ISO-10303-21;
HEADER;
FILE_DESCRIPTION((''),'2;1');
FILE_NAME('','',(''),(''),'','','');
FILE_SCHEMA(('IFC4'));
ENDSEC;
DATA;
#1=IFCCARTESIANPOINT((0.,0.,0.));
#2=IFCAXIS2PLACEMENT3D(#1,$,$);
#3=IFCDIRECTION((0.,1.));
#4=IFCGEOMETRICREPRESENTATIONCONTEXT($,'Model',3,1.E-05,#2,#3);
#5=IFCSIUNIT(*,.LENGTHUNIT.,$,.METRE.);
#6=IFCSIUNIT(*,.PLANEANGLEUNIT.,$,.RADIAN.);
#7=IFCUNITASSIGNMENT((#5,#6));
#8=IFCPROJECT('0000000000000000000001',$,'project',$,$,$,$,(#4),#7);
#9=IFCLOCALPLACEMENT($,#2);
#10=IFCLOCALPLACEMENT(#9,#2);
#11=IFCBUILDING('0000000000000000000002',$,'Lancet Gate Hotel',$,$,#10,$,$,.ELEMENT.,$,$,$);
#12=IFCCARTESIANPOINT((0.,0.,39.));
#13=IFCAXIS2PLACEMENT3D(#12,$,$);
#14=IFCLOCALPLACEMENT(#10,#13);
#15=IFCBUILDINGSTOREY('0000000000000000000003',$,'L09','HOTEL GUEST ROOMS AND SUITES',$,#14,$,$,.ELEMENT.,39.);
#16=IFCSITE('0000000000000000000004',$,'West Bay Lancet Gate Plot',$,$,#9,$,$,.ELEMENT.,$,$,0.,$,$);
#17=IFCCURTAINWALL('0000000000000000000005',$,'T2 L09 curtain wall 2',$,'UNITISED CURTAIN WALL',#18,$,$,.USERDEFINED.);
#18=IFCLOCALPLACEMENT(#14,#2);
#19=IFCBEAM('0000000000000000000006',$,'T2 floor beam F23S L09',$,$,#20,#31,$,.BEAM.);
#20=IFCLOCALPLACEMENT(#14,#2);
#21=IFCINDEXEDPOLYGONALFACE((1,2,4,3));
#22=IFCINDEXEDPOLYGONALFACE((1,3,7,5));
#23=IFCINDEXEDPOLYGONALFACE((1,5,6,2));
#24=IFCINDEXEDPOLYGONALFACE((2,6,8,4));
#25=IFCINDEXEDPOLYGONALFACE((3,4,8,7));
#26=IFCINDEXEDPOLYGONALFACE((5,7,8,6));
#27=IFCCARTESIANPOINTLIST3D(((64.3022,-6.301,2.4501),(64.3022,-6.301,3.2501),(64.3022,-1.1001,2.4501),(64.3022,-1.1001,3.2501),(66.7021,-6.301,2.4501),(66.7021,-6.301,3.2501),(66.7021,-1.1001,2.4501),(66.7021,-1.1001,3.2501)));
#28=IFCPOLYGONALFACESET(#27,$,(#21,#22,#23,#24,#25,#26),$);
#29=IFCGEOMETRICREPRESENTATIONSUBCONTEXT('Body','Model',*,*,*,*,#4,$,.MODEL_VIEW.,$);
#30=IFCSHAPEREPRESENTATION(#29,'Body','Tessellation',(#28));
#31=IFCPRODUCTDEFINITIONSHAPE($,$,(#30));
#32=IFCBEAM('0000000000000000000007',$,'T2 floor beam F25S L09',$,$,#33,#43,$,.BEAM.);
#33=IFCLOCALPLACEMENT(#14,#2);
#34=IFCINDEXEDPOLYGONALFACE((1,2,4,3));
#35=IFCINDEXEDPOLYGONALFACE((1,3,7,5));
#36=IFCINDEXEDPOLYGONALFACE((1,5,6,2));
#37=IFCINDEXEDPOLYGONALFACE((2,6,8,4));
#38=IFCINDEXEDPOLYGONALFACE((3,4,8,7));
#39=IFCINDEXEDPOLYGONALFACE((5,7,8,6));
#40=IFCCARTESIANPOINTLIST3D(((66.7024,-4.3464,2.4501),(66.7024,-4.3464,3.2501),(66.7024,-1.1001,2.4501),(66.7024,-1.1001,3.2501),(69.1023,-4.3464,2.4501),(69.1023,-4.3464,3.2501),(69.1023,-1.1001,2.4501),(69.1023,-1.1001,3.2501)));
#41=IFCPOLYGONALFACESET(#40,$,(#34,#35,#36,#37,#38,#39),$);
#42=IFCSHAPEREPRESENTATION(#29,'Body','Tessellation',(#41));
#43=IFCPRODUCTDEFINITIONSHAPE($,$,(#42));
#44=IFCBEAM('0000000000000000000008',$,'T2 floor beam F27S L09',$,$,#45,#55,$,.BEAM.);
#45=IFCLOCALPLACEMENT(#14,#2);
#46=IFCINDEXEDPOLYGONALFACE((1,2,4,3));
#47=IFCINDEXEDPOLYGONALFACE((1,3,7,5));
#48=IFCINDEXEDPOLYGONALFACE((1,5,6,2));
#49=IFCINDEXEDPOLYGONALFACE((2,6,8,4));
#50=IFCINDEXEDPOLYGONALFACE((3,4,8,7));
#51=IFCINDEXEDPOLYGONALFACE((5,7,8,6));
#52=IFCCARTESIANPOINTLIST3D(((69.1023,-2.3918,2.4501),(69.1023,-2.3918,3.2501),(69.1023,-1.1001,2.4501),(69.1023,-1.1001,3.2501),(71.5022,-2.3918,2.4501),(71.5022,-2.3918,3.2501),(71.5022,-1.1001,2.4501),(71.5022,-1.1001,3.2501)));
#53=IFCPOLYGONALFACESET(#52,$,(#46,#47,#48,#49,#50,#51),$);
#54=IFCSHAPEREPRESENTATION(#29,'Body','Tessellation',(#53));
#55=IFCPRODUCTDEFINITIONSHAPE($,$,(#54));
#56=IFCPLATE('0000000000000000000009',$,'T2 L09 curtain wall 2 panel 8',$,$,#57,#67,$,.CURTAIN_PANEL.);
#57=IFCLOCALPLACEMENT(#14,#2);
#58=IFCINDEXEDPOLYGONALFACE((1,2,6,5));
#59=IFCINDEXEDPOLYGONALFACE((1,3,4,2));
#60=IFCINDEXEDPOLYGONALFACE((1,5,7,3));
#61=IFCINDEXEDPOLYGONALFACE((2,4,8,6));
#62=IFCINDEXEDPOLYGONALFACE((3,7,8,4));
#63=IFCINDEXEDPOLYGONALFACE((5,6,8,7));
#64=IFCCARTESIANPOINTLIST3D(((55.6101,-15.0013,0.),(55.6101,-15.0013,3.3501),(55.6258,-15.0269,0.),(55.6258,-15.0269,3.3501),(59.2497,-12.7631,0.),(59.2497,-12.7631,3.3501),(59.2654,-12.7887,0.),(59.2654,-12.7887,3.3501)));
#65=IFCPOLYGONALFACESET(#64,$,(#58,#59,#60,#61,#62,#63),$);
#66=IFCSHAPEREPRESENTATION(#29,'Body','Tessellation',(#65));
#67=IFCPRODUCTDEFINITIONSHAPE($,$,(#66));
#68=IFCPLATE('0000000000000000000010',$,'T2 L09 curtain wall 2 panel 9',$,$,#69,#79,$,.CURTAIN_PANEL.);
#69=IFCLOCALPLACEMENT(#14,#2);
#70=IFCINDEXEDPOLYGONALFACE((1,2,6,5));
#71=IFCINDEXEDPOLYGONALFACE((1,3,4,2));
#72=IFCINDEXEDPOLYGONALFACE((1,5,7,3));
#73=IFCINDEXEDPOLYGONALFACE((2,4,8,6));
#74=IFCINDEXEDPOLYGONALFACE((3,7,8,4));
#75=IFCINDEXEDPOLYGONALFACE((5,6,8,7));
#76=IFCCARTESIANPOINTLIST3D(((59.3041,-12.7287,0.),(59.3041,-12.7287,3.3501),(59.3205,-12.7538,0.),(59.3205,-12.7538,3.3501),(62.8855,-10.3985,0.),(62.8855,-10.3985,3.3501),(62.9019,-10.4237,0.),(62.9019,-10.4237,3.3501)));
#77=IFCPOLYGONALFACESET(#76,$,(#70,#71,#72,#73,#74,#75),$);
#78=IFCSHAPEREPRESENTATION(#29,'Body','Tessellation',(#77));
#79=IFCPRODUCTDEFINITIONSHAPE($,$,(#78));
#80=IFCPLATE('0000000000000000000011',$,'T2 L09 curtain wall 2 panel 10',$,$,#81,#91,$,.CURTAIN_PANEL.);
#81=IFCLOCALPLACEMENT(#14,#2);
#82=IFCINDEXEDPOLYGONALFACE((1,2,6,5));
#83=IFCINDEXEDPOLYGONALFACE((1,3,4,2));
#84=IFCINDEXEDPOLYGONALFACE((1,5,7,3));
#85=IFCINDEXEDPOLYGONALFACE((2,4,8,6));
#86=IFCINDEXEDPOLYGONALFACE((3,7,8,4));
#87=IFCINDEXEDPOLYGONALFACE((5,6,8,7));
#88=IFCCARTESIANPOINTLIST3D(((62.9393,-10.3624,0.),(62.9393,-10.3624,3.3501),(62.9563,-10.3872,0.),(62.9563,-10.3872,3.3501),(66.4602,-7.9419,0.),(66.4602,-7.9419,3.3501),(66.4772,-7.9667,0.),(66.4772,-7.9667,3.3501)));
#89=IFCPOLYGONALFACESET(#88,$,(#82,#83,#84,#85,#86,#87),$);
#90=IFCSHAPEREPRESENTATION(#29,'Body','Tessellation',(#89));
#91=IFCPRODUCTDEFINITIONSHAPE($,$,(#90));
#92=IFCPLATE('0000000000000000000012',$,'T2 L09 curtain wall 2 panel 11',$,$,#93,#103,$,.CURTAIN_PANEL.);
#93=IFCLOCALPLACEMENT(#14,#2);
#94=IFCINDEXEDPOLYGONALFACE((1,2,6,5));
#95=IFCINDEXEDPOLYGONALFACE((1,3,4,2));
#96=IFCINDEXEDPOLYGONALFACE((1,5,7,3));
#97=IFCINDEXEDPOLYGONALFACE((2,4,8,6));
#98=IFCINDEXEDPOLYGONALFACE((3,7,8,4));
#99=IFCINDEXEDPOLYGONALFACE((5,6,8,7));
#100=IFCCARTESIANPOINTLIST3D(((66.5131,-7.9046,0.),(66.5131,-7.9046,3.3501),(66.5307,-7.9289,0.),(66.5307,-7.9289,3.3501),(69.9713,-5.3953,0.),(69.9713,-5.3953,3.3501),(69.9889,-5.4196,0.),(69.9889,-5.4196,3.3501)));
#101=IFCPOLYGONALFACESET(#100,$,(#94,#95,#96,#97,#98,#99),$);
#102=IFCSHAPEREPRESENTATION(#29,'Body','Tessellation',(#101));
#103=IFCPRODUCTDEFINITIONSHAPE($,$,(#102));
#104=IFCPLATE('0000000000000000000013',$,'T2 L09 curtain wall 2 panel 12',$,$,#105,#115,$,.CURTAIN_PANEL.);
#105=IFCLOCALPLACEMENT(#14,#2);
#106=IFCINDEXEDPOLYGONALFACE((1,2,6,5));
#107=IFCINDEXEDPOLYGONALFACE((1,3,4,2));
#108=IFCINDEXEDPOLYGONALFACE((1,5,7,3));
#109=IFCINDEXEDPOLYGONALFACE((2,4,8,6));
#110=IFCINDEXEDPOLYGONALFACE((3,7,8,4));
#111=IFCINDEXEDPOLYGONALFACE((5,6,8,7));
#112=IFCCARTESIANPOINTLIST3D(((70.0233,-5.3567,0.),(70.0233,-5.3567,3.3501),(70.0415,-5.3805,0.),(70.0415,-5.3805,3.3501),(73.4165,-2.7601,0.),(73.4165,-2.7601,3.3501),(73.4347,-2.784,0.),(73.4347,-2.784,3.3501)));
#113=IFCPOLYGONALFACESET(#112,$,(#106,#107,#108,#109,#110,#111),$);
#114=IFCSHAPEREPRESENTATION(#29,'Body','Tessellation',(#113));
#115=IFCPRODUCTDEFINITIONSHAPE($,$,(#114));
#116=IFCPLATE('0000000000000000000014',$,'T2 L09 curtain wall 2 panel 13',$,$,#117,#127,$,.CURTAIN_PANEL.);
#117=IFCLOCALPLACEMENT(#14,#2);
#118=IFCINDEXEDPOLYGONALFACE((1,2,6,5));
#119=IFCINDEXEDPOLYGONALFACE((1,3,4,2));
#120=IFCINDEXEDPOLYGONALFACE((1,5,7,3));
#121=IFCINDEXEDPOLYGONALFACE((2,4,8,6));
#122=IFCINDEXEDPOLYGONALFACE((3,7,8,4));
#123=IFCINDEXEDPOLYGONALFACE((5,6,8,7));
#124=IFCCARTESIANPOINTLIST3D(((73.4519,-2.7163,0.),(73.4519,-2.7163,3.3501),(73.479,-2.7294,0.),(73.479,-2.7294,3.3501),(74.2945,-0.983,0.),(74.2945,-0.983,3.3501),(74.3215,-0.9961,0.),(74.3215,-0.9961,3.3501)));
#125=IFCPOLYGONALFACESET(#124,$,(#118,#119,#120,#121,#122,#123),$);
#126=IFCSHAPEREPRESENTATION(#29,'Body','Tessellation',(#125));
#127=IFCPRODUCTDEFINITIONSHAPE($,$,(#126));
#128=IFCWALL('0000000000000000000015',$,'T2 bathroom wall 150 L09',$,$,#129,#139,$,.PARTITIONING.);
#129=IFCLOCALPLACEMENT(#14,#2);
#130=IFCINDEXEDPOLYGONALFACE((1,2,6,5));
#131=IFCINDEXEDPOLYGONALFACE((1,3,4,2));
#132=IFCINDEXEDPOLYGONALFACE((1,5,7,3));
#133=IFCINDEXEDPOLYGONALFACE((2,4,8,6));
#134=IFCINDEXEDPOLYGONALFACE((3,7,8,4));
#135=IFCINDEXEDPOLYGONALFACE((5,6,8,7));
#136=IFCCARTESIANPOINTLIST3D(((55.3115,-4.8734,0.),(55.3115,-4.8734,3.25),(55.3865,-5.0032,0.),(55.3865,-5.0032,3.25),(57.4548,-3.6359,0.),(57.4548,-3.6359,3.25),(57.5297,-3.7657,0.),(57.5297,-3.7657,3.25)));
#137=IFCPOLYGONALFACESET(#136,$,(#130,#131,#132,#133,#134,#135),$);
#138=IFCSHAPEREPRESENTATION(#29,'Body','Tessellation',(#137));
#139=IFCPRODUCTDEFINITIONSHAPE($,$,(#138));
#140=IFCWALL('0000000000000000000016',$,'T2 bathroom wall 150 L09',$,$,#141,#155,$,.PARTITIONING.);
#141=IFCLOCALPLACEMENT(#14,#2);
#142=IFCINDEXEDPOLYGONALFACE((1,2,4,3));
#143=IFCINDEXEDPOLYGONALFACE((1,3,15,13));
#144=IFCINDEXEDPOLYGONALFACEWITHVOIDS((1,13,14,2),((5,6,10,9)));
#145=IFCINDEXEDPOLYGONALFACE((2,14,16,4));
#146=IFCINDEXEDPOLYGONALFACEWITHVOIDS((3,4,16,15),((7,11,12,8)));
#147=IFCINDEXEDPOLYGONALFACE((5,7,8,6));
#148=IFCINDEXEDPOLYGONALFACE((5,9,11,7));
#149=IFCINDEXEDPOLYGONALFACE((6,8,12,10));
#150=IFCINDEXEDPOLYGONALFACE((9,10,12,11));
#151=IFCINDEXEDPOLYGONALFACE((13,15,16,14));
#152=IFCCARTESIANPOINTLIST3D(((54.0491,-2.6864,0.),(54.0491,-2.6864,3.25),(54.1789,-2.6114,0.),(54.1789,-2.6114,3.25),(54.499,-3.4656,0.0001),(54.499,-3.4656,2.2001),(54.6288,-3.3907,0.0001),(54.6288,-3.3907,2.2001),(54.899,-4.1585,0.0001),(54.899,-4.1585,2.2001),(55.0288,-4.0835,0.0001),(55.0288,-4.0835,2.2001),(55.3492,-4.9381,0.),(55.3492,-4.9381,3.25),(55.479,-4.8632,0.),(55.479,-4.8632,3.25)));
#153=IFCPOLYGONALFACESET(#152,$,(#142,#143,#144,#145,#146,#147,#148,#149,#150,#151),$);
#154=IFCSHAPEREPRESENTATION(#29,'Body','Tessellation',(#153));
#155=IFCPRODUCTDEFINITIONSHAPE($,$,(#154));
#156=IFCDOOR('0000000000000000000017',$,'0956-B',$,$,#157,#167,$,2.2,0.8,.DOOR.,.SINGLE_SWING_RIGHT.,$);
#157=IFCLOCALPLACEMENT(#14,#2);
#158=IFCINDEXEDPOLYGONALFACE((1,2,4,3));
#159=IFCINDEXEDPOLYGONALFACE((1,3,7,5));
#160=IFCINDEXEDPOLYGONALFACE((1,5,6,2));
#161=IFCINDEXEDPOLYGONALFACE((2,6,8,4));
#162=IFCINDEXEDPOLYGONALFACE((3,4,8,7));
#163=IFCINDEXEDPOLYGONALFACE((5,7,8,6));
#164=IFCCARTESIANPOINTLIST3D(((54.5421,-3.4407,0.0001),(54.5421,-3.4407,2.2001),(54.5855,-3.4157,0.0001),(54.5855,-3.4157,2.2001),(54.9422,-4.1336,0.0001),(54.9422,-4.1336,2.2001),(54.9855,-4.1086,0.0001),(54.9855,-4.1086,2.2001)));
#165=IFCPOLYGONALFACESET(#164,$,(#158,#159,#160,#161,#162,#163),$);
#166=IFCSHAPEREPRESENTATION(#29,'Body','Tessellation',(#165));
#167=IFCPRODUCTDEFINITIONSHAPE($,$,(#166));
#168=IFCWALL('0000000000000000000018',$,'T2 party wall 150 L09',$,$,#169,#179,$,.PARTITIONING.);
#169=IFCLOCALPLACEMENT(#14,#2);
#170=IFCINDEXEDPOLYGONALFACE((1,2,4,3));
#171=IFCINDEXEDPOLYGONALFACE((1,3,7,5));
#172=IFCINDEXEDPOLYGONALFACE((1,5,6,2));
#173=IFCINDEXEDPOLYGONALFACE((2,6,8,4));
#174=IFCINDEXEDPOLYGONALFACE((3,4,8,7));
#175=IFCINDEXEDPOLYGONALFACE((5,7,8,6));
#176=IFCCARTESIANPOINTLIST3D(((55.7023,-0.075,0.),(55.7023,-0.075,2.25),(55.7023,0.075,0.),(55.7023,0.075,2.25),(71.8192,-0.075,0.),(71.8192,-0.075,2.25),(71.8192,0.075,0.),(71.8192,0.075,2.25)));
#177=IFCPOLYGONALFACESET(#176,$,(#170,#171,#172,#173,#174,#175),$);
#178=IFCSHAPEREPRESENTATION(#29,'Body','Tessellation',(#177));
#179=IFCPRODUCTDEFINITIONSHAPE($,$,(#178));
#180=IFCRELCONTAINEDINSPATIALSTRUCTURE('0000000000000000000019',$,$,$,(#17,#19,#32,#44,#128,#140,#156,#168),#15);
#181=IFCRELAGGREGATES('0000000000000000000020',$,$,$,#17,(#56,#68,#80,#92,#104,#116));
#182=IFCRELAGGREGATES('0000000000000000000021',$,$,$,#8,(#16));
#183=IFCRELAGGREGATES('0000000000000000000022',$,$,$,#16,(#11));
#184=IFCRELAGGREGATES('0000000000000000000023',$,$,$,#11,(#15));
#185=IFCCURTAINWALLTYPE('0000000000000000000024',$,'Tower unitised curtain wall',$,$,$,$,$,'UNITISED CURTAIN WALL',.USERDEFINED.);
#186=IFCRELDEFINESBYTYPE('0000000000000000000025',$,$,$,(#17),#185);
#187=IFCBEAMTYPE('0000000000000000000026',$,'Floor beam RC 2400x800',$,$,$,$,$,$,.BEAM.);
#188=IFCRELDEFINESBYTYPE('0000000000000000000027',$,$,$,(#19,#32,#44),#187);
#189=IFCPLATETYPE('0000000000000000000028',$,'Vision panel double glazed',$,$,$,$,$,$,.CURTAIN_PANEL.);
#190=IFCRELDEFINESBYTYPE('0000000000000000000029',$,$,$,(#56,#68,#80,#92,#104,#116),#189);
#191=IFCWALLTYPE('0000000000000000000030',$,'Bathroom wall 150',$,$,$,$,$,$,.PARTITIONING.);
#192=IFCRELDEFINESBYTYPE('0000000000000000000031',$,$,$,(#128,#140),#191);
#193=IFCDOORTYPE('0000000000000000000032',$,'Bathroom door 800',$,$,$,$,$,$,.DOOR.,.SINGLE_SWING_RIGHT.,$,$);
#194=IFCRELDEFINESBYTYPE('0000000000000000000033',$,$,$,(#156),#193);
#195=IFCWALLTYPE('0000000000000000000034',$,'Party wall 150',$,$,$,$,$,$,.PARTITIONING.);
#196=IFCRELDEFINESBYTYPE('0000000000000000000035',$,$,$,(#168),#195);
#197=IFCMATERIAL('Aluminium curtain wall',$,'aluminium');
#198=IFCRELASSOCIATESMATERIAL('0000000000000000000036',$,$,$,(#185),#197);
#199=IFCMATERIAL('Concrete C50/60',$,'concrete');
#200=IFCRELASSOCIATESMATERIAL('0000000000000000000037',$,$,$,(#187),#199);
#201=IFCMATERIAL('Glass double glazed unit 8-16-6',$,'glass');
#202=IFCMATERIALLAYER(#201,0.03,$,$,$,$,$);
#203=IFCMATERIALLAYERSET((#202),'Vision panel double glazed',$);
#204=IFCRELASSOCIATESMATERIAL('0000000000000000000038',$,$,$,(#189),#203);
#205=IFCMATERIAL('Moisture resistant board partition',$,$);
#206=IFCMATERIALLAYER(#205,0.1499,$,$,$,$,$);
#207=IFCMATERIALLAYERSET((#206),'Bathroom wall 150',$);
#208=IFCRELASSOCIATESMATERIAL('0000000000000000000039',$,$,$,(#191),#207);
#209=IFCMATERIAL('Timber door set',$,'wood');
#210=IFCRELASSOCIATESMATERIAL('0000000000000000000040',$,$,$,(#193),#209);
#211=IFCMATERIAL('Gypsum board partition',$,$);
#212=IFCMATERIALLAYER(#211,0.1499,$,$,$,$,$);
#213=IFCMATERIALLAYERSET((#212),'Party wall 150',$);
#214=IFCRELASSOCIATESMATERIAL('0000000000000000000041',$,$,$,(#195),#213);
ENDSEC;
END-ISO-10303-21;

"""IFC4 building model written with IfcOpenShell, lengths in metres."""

from ifc_helpers import new_model, si_unit, direction, frame, frame_2d, origin, origin_2d, place, context, subcontext, project, spatial, rectangle, extrude, material, layer, layer_set, material_profile, profile_set, type_object, element, fill, aggregate, save


model = new_model("IFC4")

# Units and contexts
model_context = context("Model", 3, precision=1e-05, world=origin(), true_north=direction((0.0, 1.0)))
body_context = subcontext(model_context, "Body", "Model", "MODEL_VIEW")
ifc_project = project(units=[si_unit("LENGTHUNIT", "METRE"), si_unit("PLANEANGLEUNIT", "RADIAN")], contexts=[model_context])

# Site, building, storey
site_placement = place(None, origin())
site = spatial("IfcSite", under=ifc_project, at=site_placement, Name="West Bay Lancet Gate Plot", CompositionType="ELEMENT", RefElevation=0.0)
building_placement = place(site_placement, origin())
building = spatial("IfcBuilding", under=site, at=building_placement, Name="Lancet Gate Hotel", CompositionType="ELEMENT")
storey_placement = place(building_placement, frame((0.0, 0.0, 39.0)))
storey = spatial("IfcBuildingStorey", under=building, at=storey_placement, Name="L09", Description="HOTEL GUEST ROOMS AND SUITES", CompositionType="ELEMENT", Elevation=39.0)

# Curtain wall
ifc_material_1 = material(Name="Aluminium curtain wall", Category="aluminium")
curtain_wall_type = type_object("IfcCurtainWallType", Name="Tower unitised curtain wall", ElementType="UNITISED CURTAIN WALL", PredefinedType="USERDEFINED", material=ifc_material_1)
curtain_wall_placement = place(storey_placement, origin())
curtain_wall = element("IfcCurtainWall", 1, at=curtain_wall_placement, inside=storey, type_object=curtain_wall_type, Name="T2 L09 curtain wall 2", ObjectType="UNITISED CURTAIN WALL", PredefinedType="USERDEFINED")

# Beams
ifc_material_2 = material(Name="Concrete C50/60", Category="concrete")
ifc_material_profile_1 = material_profile(ifc_material_2, rectangle(XDim=2.3999, YDim=0.8, at=origin_2d()), Name="RC 2400x800")
ifc_profile_set_1 = profile_set([ifc_material_profile_1], Name="Concrete C50/60")
beam_type_1 = type_object("IfcBeamType", Name="Floor beam RC 2400x800", PredefinedType="BEAM", material=ifc_profile_set_1)
beam_1_placement = place(storey_placement, frame((65.5022, -6.301, 2.8501), z_axis=(0.0, 1.0, 0.0), x_axis=(-1.0, 0.0, 0.0)))
element("IfcBeam", 2, at=beam_1_placement, inside=storey, type_object=beam_type_1, Name="T2 floor beam F23S L09", PredefinedType="BEAM", context=body_context, shape_type="SweptSolid", body=[
    extrude(rectangle(XDim=2.3999, YDim=0.8, at=origin_2d()), origin(), (0.0, 0.0, 1.0), 5.2009),
])
beam_2_placement = place(storey_placement, frame((67.9023, -4.3464, 2.8501), z_axis=(0.0, 1.0, 0.0), x_axis=(-1.0, 0.0, 0.0)))
element("IfcBeam", 3, at=beam_2_placement, inside=storey, type_object=beam_type_1, Name="T2 floor beam F25S L09", PredefinedType="BEAM", context=body_context, shape_type="SweptSolid", body=[
    extrude(rectangle(XDim=2.3999, YDim=0.8, at=origin_2d()), origin(), (0.0, 0.0, 1.0), 3.2463),
])
beam_3_placement = place(storey_placement, frame((70.3022, -2.3918, 2.8501), z_axis=(0.0, 1.0, 0.0), x_axis=(-1.0, 0.0, 0.0)))
element("IfcBeam", 4, at=beam_3_placement, inside=storey, type_object=beam_type_1, Name="T2 floor beam F27S L09", PredefinedType="BEAM", context=body_context, shape_type="SweptSolid", body=[
    extrude(rectangle(XDim=2.3999, YDim=0.8, at=origin_2d()), origin(), (0.0, 0.0, 1.0), 1.2917),
])

# Plates
ifc_material_3 = material(Name="Glass double glazed unit 8-16-6", Category="glass")
ifc_layer_1 = layer(ifc_material_3, 0.03)
ifc_layer_set_1 = layer_set([ifc_layer_1], Name="Vision panel double glazed")
plate_type = type_object("IfcPlateType", Name="Vision panel double glazed", PredefinedType="CURTAIN_PANEL", material=ifc_layer_set_1)
plate_1_placement = place(storey_placement, frame((57.4377, -13.895, 0.0), z_axis=(0.0, 0.0, 1.0), x_axis=(0.851815, 0.523842, 0.0)))
plate_1 = element("IfcPlate", 5, at=plate_1_placement, type_object=plate_type, Name="T2 L09 curtain wall 2 panel 8", PredefinedType="CURTAIN_PANEL", context=body_context, shape_type="SweptSolid", body=[
    extrude(rectangle(XDim=4.2727, YDim=0.03, at=origin_2d()), origin(), (0.0, 0.0, 1.0), 3.3501),
])
plate_2_placement = place(storey_placement, frame((61.103, -11.5762, 0.0), z_axis=(0.0, 0.0, 1.0), x_axis=(0.838207, 0.545353, 0.0)))
plate_2 = element("IfcPlate", 6, at=plate_2_placement, type_object=plate_type, Name="T2 L09 curtain wall 2 panel 9", PredefinedType="CURTAIN_PANEL", context=body_context, shape_type="SweptSolid", body=[
    extrude(rectangle(XDim=4.2727, YDim=0.03, at=origin_2d()), origin(), (0.0, 0.0, 1.0), 3.3501),
])
plate_3_placement = place(storey_placement, frame((64.7083, -9.1646, 0.0), z_axis=(0.0, 0.0, 1.0), x_axis=(0.824055, 0.566509, 0.0)))
plate_3 = element("IfcPlate", 7, at=plate_3_placement, type_object=plate_type, Name="T2 L09 curtain wall 2 panel 10", PredefinedType="CURTAIN_PANEL", context=body_context, shape_type="SweptSolid", body=[
    extrude(rectangle(XDim=4.2727, YDim=0.03, at=origin_2d()), origin(), (0.0, 0.0, 1.0), 3.3501),
])
plate_4_placement = place(storey_placement, frame((68.251, -6.6621, 0.0), z_axis=(0.0, 0.0, 1.0), x_axis=(0.80937, 0.587299, 0.0)))
plate_4 = element("IfcPlate", 8, at=plate_4_placement, type_object=plate_type, Name="T2 L09 curtain wall 2 panel 11", PredefinedType="CURTAIN_PANEL", context=body_context, shape_type="SweptSolid", body=[
    extrude(rectangle(XDim=4.2727, YDim=0.03, at=origin_2d()), origin(), (0.0, 0.0, 1.0), 3.3501),
])
plate_5_placement = place(storey_placement, frame((71.729, -4.0703, 0.0), z_axis=(0.0, 0.0, 1.0), x_axis=(0.79416, 0.607709, 0.0)))
plate_5 = element("IfcPlate", 9, at=plate_5_placement, type_object=plate_type, Name="T2 L09 curtain wall 2 panel 12", PredefinedType="CURTAIN_PANEL", context=body_context, shape_type="SweptSolid", body=[
    extrude(rectangle(XDim=4.2727, YDim=0.03, at=origin_2d()), origin(), (0.0, 0.0, 1.0), 3.3501),
])
plate_6_placement = place(storey_placement, frame((73.8867, -1.8562, 0.0), z_axis=(0.0, 0.0, 1.0), x_axis=(0.437169, 0.899379, 0.0)))
plate_6 = element("IfcPlate", 10, at=plate_6_placement, type_object=plate_type, Name="T2 L09 curtain wall 2 panel 13", PredefinedType="CURTAIN_PANEL", context=body_context, shape_type="SweptSolid", body=[
    extrude(rectangle(XDim=1.9272, YDim=0.03, at=origin_2d()), origin(), (0.0, 0.0, 1.0), 3.3501),
])
aggregate(curtain_wall, [plate_1, plate_2, plate_3, plate_4, plate_5, plate_6])

# Wall
ifc_material_4 = material(Name="Moisture resistant board partition")
ifc_layer_2 = layer(ifc_material_4, 0.1499)
ifc_layer_set_2 = layer_set([ifc_layer_2], Name="Bathroom wall 150")
wall_type_1 = type_object("IfcWallType", Name="Bathroom wall 150", PredefinedType="PARTITIONING", material=ifc_layer_set_2)
wall_1_placement = place(storey_placement, frame((55.3491, -4.9382, 0.0), z_axis=(0.0, 0.0, 1.0), x_axis=(0.866007, 0.500033, 0.0)))
element("IfcWall", 11, at=wall_1_placement, inside=storey, type_object=wall_type_1, Name="T2 bathroom wall 150 L09", PredefinedType="PARTITIONING", context=body_context, shape_type="SweptSolid", body=[
    extrude(rectangle(XDim=2.4749, YDim=0.1499, at=frame_2d((1.2373, 0.0))), origin(), (0.0, 0.0, 1.0), 3.25),
])

# Wall, opening, door
wall_2_placement = place(storey_placement, frame((54.114, -2.6489, 0.0), z_axis=(0.0, 0.0, 1.0), x_axis=(0.500007, -0.866021, 0.0)))
wall_2 = element("IfcWall", 12, at=wall_2_placement, inside=storey, type_object=wall_type_1, Name="T2 bathroom wall 150 L09", PredefinedType="PARTITIONING", context=body_context, shape_type="SweptSolid", body=[
    extrude(rectangle(XDim=2.6001, YDim=0.1499, at=frame_2d((1.3, 0.0))), origin(), (0.0, 0.0, 1.0), 3.25),
])
opening_placement = place(wall_2_placement, frame((0.8999, 0.0, 0.0)))
opening = element("IfcOpeningElement", 13, at=opening_placement, cuts=wall_2, PredefinedType="OPENING", context=body_context, shape_type="SweptSolid", body=[
    extrude(rectangle(XDim=0.8, YDim=2.2, at=frame_2d((0.3999, 1.1001))), frame((0.0, 0.085, 0.0), z_axis=(0.0, -1.0, 0.0), x_axis=(1.0, 0.0, 0.0)), (0.0, 0.0, 1.0), 0.1699),
])
ifc_material_5 = material(Name="Timber door set", Category="wood")
door_type = type_object("IfcDoorType", Name="Bathroom door 800", OperationType="SINGLE_SWING_RIGHT", PredefinedType="DOOR", material=ifc_material_5)
door_placement = place(opening_placement, origin())
door = element("IfcDoor", 14, at=door_placement, inside=storey, type_object=door_type, Name="0956-B", OperationType="SINGLE_SWING_RIGHT", OverallHeight=2.2, OverallWidth=0.8, PredefinedType="DOOR", context=body_context, shape_type="SweptSolid", body=[
    extrude(rectangle(XDim=0.8, YDim=2.2, at=frame_2d((0.3999, 1.1001))), frame((0.0, 0.0249, 0.0), z_axis=(0.0, -1.0, 0.0), x_axis=(1.0, 0.0, 0.0)), (0.0, 0.0, 1.0), 0.05),
])
fill(opening, door)

# Wall
ifc_material_6 = material(Name="Gypsum board partition")
ifc_layer_3 = layer(ifc_material_6, 0.1499)
ifc_layer_set_3 = layer_set([ifc_layer_3], Name="Party wall 150")
wall_type_2 = type_object("IfcWallType", Name="Party wall 150", PredefinedType="PARTITIONING", material=ifc_layer_set_3)
wall_3_placement = place(storey_placement, frame((55.7021, 0.0, 0.0), z_axis=(0.0, 0.0, 1.0), x_axis=(1.0, 0.0, 0.0)))
element("IfcWall", 15, at=wall_3_placement, inside=storey, type_object=wall_type_2, Name="T2 party wall 150 L09", PredefinedType="PARTITIONING", context=body_context, shape_type="SweptSolid", body=[
    extrude(rectangle(XDim=16.1169, YDim=0.1499, at=frame_2d((8.0586, 0.0))), origin(), (0.0, 0.0, 1.0), 2.25),
])

save(model, "model.ifc")
